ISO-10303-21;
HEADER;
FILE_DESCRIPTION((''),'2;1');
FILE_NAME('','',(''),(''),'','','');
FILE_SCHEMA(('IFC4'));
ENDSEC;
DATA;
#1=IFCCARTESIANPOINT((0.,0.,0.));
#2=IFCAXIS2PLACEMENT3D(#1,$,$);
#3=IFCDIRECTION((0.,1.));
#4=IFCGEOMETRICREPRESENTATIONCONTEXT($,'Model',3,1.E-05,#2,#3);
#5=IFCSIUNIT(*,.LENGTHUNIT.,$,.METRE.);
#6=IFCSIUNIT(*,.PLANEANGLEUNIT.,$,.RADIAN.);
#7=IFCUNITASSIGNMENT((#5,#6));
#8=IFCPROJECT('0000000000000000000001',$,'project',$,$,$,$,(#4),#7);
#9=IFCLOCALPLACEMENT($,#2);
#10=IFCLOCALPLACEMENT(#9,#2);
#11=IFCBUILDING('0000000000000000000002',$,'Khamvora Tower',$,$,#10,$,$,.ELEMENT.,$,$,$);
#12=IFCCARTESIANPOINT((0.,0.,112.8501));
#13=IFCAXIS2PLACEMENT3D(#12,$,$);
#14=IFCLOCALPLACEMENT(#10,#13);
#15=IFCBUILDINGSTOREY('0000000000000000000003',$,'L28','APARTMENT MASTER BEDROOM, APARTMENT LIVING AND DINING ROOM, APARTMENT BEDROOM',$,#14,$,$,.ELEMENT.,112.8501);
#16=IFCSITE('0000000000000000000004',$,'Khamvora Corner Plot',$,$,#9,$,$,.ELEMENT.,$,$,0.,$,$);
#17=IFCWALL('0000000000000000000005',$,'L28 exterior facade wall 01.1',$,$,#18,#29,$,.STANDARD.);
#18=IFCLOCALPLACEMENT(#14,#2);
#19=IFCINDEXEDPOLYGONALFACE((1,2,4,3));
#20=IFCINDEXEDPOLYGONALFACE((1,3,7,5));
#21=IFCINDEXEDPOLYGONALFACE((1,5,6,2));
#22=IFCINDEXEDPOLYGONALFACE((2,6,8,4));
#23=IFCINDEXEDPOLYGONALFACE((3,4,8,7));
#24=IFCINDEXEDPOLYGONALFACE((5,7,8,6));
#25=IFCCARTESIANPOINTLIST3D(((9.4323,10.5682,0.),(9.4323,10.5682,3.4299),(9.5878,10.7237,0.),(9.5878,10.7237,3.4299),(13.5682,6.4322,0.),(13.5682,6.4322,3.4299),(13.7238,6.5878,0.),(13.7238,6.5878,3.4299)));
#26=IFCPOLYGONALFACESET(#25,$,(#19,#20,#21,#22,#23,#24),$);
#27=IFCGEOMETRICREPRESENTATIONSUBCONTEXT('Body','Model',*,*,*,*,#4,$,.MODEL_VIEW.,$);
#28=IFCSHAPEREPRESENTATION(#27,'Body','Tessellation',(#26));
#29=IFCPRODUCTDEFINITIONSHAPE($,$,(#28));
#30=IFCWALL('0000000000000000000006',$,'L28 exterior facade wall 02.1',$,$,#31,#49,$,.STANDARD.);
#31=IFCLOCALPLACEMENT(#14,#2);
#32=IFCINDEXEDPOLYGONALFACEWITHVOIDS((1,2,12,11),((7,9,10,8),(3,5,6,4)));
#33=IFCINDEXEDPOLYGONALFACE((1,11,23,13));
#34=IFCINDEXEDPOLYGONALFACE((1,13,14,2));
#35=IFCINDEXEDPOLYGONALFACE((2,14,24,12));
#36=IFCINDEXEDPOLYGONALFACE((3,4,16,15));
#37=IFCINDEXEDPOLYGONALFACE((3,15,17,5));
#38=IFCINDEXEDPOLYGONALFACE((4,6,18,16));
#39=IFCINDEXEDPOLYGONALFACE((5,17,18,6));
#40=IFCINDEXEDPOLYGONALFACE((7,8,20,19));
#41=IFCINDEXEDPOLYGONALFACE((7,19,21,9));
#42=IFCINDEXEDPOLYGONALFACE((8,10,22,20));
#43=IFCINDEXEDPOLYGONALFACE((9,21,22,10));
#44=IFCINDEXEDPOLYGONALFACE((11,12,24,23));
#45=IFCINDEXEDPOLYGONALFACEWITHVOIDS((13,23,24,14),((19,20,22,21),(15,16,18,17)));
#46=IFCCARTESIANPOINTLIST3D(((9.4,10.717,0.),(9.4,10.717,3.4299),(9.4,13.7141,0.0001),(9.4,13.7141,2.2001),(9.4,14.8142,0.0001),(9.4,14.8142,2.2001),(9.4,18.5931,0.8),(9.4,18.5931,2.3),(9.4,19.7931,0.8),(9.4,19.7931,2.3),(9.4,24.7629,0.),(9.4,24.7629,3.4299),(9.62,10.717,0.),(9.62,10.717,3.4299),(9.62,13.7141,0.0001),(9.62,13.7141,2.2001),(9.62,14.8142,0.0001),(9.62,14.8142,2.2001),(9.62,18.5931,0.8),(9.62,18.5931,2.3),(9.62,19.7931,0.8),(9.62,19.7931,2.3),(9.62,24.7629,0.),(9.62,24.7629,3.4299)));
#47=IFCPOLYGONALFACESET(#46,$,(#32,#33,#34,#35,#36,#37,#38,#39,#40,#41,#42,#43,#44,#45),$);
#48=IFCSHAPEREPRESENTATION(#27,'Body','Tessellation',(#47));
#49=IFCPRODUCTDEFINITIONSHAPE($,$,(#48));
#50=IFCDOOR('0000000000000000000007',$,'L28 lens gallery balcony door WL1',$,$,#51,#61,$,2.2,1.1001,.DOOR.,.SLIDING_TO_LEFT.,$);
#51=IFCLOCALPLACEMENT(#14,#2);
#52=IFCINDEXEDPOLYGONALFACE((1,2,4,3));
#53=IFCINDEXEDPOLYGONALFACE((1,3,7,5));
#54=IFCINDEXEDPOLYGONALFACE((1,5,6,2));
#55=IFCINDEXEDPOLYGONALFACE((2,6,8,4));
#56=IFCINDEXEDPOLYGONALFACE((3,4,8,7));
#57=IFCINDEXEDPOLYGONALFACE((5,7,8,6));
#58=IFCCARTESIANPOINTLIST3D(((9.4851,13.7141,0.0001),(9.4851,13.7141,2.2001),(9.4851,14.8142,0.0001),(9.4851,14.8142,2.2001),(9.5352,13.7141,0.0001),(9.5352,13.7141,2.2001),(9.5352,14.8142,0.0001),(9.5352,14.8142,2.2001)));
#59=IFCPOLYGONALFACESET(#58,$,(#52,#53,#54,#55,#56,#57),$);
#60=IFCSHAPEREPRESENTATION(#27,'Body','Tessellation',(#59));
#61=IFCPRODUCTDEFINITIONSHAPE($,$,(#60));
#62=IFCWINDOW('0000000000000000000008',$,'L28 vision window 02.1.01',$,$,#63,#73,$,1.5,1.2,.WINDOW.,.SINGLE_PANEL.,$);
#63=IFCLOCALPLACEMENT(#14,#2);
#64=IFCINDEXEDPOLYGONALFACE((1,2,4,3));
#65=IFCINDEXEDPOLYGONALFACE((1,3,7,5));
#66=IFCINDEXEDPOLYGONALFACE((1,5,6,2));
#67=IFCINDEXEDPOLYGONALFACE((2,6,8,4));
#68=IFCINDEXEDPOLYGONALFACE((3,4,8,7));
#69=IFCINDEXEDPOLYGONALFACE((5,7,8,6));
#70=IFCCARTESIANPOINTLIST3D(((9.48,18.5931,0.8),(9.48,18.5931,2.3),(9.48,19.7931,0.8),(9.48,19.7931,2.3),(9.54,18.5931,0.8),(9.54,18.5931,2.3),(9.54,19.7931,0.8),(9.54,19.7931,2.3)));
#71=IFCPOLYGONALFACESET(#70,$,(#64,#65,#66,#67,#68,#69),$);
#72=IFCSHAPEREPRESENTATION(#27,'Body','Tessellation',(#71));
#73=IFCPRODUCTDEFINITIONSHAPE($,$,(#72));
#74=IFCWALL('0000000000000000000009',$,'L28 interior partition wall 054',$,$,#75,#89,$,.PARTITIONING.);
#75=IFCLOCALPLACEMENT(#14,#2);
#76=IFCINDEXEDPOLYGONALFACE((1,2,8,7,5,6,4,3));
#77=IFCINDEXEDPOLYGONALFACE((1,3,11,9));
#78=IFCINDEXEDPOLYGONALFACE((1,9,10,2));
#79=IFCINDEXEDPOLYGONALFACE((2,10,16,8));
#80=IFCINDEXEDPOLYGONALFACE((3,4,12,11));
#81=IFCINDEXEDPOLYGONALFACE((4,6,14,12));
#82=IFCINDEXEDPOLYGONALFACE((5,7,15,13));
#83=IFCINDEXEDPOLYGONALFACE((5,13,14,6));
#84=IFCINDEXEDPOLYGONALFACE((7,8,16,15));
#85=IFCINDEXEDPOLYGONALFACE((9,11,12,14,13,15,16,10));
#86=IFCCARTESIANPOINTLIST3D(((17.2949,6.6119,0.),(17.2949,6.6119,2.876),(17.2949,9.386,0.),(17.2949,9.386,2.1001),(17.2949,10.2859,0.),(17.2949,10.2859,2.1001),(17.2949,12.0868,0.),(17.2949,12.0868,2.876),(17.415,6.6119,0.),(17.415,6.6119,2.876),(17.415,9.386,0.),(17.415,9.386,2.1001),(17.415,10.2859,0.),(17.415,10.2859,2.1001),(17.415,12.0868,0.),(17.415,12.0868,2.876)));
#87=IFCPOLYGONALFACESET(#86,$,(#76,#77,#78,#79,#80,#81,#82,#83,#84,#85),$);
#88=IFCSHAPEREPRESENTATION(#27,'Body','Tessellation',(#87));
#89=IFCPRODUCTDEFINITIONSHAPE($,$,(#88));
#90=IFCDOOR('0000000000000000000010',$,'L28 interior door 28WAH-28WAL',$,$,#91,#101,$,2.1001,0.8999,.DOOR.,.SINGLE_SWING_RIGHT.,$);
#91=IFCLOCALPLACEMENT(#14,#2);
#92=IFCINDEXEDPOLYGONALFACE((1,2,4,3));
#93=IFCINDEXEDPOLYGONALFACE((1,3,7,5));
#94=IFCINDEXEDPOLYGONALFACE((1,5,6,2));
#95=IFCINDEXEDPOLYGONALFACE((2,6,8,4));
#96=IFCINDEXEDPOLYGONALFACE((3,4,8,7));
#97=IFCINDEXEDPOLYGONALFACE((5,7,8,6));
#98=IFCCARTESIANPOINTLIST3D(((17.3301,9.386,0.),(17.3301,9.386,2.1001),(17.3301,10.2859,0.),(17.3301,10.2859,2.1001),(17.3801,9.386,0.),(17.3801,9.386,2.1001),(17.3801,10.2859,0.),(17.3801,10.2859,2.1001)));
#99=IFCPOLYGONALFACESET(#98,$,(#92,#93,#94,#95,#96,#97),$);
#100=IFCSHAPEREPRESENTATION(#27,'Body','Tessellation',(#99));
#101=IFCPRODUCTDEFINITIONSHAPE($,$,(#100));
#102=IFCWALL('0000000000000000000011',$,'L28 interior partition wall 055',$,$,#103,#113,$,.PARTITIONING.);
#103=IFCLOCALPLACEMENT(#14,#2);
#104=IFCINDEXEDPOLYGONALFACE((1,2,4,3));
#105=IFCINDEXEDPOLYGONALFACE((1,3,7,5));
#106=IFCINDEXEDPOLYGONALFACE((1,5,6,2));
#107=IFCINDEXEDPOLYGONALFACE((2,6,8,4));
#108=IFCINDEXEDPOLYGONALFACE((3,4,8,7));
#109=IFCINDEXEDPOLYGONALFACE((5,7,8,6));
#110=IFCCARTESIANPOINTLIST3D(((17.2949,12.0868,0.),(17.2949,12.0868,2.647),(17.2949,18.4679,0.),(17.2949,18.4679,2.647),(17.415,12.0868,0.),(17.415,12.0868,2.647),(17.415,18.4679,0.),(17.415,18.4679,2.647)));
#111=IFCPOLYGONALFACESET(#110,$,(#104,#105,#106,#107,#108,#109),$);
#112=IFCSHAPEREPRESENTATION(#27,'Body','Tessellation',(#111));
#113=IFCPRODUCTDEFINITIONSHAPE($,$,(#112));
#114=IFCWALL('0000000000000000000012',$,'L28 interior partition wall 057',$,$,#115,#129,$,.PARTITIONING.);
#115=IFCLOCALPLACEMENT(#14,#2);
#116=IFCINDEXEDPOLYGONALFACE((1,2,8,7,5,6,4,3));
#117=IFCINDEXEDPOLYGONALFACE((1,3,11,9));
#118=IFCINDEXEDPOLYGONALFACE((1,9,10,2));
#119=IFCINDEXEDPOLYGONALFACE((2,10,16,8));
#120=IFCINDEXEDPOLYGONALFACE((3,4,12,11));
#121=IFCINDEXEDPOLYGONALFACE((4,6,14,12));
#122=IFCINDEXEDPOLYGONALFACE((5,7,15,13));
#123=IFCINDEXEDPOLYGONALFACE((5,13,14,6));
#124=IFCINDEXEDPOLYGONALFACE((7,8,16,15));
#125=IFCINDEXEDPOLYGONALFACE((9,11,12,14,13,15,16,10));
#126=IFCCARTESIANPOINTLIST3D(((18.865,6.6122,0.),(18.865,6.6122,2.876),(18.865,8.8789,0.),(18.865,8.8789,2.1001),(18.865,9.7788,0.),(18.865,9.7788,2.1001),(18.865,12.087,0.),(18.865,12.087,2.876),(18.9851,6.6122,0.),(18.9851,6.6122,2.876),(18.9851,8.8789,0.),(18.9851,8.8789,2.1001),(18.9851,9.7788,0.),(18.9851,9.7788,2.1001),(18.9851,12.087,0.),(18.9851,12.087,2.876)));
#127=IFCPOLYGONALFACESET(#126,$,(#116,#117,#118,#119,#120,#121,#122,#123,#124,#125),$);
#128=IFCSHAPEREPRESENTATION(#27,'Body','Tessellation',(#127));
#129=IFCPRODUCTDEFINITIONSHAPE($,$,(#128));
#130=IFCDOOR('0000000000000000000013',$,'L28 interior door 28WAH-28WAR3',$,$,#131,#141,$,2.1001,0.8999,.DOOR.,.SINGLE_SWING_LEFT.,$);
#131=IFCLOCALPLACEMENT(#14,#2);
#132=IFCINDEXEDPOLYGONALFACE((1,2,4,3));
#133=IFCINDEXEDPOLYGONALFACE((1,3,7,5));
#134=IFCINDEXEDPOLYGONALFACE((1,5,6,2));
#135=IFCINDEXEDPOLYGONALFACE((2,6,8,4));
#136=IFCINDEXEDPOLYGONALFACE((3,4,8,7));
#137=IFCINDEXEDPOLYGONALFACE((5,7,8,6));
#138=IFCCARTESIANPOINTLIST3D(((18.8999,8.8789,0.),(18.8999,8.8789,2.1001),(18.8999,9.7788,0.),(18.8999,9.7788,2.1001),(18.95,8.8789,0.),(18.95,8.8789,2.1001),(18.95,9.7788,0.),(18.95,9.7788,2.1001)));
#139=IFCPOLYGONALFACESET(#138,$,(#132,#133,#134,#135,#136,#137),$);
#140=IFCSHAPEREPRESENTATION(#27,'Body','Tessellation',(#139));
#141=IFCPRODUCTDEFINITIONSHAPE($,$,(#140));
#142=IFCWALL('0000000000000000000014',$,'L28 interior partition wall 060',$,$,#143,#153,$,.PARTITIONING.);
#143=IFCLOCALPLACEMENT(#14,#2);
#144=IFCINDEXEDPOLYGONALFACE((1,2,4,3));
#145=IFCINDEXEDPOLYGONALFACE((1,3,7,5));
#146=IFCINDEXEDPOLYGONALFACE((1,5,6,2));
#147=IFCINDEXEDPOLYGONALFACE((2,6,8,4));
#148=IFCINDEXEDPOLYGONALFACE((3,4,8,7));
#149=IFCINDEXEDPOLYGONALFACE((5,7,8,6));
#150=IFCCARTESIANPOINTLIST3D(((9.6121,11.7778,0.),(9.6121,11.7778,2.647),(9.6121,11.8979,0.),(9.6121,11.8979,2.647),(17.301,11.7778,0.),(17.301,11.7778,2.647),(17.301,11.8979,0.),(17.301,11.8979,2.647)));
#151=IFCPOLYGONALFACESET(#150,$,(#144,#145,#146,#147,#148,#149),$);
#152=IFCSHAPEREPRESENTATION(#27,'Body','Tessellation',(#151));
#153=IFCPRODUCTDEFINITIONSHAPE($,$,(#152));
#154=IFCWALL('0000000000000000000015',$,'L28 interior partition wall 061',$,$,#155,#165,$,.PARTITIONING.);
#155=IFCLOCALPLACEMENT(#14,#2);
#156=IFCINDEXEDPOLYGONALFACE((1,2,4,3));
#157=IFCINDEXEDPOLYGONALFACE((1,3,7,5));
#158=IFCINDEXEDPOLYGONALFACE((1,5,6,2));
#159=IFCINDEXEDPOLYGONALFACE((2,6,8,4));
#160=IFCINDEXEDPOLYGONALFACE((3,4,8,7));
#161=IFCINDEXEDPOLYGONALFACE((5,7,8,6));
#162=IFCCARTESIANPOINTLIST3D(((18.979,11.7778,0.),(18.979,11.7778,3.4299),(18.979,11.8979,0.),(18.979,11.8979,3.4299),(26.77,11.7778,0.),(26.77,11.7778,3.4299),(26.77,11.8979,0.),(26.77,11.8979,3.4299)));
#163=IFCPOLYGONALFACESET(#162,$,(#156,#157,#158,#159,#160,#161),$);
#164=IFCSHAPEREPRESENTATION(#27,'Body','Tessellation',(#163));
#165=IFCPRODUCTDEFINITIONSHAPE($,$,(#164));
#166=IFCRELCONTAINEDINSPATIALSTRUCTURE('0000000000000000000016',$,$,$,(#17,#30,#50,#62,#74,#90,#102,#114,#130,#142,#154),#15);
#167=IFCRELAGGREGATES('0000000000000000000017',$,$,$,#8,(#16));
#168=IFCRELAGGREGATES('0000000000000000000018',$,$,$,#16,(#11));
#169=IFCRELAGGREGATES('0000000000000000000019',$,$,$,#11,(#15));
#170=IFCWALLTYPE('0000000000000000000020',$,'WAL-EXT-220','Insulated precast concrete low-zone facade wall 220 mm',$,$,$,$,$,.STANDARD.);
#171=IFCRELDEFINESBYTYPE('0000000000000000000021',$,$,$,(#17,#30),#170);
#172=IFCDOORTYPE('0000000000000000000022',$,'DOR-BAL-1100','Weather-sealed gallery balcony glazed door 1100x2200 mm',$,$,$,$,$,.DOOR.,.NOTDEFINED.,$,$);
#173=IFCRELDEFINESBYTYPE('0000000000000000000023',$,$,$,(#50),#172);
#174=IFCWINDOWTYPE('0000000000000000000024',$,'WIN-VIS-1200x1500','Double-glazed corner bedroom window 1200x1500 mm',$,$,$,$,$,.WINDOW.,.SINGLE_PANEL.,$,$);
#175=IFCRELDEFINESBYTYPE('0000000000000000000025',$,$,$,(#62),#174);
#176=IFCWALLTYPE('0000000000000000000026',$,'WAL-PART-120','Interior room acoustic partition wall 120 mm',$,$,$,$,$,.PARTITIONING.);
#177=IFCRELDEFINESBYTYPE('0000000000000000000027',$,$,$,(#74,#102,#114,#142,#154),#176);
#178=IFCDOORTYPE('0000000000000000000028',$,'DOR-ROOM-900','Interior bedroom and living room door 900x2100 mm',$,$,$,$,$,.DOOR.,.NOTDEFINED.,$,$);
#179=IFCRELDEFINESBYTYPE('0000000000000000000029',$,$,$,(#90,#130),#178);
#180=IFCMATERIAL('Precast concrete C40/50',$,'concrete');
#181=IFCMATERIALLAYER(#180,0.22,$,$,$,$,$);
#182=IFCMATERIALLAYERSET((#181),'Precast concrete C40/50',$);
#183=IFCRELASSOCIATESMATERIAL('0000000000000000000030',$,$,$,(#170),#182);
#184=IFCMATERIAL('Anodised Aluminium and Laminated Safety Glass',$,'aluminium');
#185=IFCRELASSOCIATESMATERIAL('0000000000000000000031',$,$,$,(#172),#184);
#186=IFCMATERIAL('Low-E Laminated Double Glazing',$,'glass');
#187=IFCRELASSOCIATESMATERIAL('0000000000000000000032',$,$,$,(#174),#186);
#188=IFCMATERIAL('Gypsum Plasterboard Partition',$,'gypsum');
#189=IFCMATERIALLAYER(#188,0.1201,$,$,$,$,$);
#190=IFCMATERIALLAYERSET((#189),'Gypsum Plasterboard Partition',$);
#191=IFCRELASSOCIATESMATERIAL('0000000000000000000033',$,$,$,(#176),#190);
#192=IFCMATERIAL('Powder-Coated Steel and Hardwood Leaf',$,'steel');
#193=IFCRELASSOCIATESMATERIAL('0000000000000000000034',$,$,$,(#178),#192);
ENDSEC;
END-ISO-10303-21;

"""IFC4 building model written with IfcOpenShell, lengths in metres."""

from ifc_helpers import new_model, si_unit, direction, frame, frame_2d, origin, place, context, subcontext, project, spatial, rectangle, extrude, material, layer, layer_set, type_object, element, fill, save


model = new_model("IFC4")

# Units and contexts
model_context = context("Model", 3, precision=1e-05, world=origin(), true_north=direction((0.0, 1.0)))
body_context = subcontext(model_context, "Body", "Model", "MODEL_VIEW")
ifc_project = project(units=[si_unit("LENGTHUNIT", "METRE"), si_unit("PLANEANGLEUNIT", "RADIAN")], contexts=[model_context])

# Site, building, storey
site_placement = place(None, origin())
site = spatial("IfcSite", under=ifc_project, at=site_placement, Name="Khamvora Corner Plot", CompositionType="ELEMENT", RefElevation=0.0)
building_placement = place(site_placement, origin())
building = spatial("IfcBuilding", under=site, at=building_placement, Name="Khamvora Tower", CompositionType="ELEMENT")
storey_placement = place(building_placement, frame((0.0, 0.0, 112.8501)))
storey = spatial("IfcBuildingStorey", under=building, at=storey_placement, Name="L28", Description="APARTMENT MASTER BEDROOM, APARTMENT LIVING AND DINING ROOM, APARTMENT BEDROOM", CompositionType="ELEMENT", Elevation=112.8501)

# Wall
ifc_material_1 = material(Name="Precast concrete C40/50", Category="concrete")
ifc_layer_1 = layer(ifc_material_1, 0.22)
ifc_layer_set_1 = layer_set([ifc_layer_1], Name="Precast concrete C40/50")
wall_type_1 = type_object("IfcWallType", Name="WAL-EXT-220", Description="Insulated precast concrete low-zone facade wall 220 mm", PredefinedType="STANDARD", material=ifc_layer_set_1)
wall_1_placement = place(storey_placement, frame((13.646, 6.51, 0.0), z_axis=(0.0, 0.0, 1.0), x_axis=(-0.707107, 0.707107, 0.0)))
element("IfcWall", 1, at=wall_1_placement, inside=storey, type_object=wall_type_1, Name="L28 exterior facade wall 01.1", PredefinedType="STANDARD", context=body_context, shape_type="SweptSolid", body=[
    extrude(rectangle(XDim=5.8491, YDim=0.22, at=frame_2d((2.9246, 0.0))), origin(), (0.0, 0.0, 1.0), 3.4299),
])

# Wall, openings, door, window
wall_2_placement = place(storey_placement, frame((9.51, 10.717, 0.0), z_axis=(0.0, 0.0, 1.0), x_axis=(0.0, 1.0, 0.0)))
wall_2 = element("IfcWall", 2, at=wall_2_placement, inside=storey, type_object=wall_type_1, Name="L28 exterior facade wall 02.1", PredefinedType="STANDARD", context=body_context, shape_type="SweptSolid", body=[
    extrude(rectangle(XDim=14.0459, YDim=0.22, at=frame_2d((7.0229, 0.0))), origin(), (0.0, 0.0, 1.0), 3.4299),
])
opening_1_placement = place(wall_2_placement, frame((2.9971, 0.0, 0.0)))
opening_1 = element("IfcOpeningElement", 3, at=opening_1_placement, cuts=wall_2, PredefinedType="OPENING", context=body_context, shape_type="SweptSolid", body=[
    extrude(rectangle(XDim=1.1001, YDim=2.2, at=frame_2d((0.55, 1.1001))), frame((0.0, 0.1199, 0.0), z_axis=(0.0, -1.0, 0.0), x_axis=(1.0, 0.0, 0.0)), (0.0, 0.0, 1.0), 0.24),
])
opening_2_placement = place(wall_2_placement, frame((7.876, 0.0, 0.8)))
opening_2 = element("IfcOpeningElement", 4, at=opening_2_placement, cuts=wall_2, PredefinedType="OPENING", context=body_context, shape_type="SweptSolid", body=[
    extrude(rectangle(XDim=1.2, YDim=1.5, at=frame_2d((0.6001, 0.75))), frame((0.0, 0.1199, 0.0), z_axis=(0.0, -1.0, 0.0), x_axis=(1.0, 0.0, 0.0)), (0.0, 0.0, 1.0), 0.24),
])
ifc_material_2 = material(Name="Anodised Aluminium and Laminated Safety Glass", Category="aluminium")
door_type_1 = type_object("IfcDoorType", Name="DOR-BAL-1100", Description="Weather-sealed gallery balcony glazed door 1100x2200 mm", OperationType="NOTDEFINED", PredefinedType="DOOR", material=ifc_material_2)
door_1_placement = place(opening_1_placement, origin())
door_1 = element("IfcDoor", 5, at=door_1_placement, inside=storey, type_object=door_type_1, Name="L28 lens gallery balcony door WL1", OperationType="SLIDING_TO_LEFT", OverallHeight=2.2, OverallWidth=1.1001, PredefinedType="DOOR", context=body_context, shape_type="SweptSolid", body=[
    extrude(rectangle(XDim=1.1001, YDim=2.2, at=frame_2d((0.55, 1.1001))), frame((0.0, 0.0249, 0.0), z_axis=(0.0, -1.0, 0.0), x_axis=(1.0, 0.0, 0.0)), (0.0, 0.0, 1.0), 0.05),
])
fill(opening_1, door_1)
ifc_material_3 = material(Name="Low-E Laminated Double Glazing", Category="glass")
window_type = type_object("IfcWindowType", Name="WIN-VIS-1200x1500", Description="Double-glazed corner bedroom window 1200x1500 mm", PartitioningType="SINGLE_PANEL", PredefinedType="WINDOW", material=ifc_material_3)
window_placement = place(opening_2_placement, origin())
window = element("IfcWindow", 6, at=window_placement, inside=storey, type_object=window_type, Name="L28 vision window 02.1.01", OverallHeight=1.5, OverallWidth=1.2, PartitioningType="SINGLE_PANEL", PredefinedType="WINDOW", context=body_context, shape_type="SweptSolid", body=[
    extrude(rectangle(XDim=1.2, YDim=1.5, at=frame_2d((0.6001, 0.75))), frame((0.0, 0.03, 0.0), z_axis=(0.0, -1.0, 0.0), x_axis=(1.0, 0.0, 0.0)), (0.0, 0.0, 1.0), 0.0601),
])
fill(opening_2, window)

# Wall, opening, door
ifc_material_4 = material(Name="Gypsum Plasterboard Partition", Category="gypsum")
ifc_layer_2 = layer(ifc_material_4, 0.1201)
ifc_layer_set_2 = layer_set([ifc_layer_2], Name="Gypsum Plasterboard Partition")
wall_type_2 = type_object("IfcWallType", Name="WAL-PART-120", Description="Interior room acoustic partition wall 120 mm", PredefinedType="PARTITIONING", material=ifc_layer_set_2)
wall_3_placement = place(storey_placement, frame((17.355, 6.6121, 0.0), z_axis=(0.0, 0.0, 1.0), x_axis=(0.0, 1.0, 0.0)))
wall_3 = element("IfcWall", 7, at=wall_3_placement, inside=storey, type_object=wall_type_2, Name="L28 interior partition wall 054", PredefinedType="PARTITIONING", context=body_context, shape_type="SweptSolid", body=[
    extrude(rectangle(XDim=5.4749, YDim=0.1201, at=frame_2d((2.7373, 0.0))), origin(), (0.0, 0.0, 1.0), 2.876),
])
opening_3_placement = place(wall_3_placement, frame((2.7739, 0.0, 0.0)))
opening_3 = element("IfcOpeningElement", 8, at=opening_3_placement, cuts=wall_3, PredefinedType="OPENING", context=body_context, shape_type="SweptSolid", body=[
    extrude(rectangle(XDim=0.8999, YDim=2.1001, at=frame_2d((0.45, 1.05))), frame((0.0, 0.0701, 0.0), z_axis=(0.0, -1.0, 0.0), x_axis=(1.0, 0.0, 0.0)), (0.0, 0.0, 1.0), 0.1401),
])
ifc_material_5 = material(Name="Powder-Coated Steel and Hardwood Leaf", Category="steel")
door_type_2 = type_object("IfcDoorType", Name="DOR-ROOM-900", Description="Interior bedroom and living room door 900x2100 mm", OperationType="NOTDEFINED", PredefinedType="DOOR", material=ifc_material_5)
door_2_placement = place(opening_3_placement, origin())
door_2 = element("IfcDoor", 9, at=door_2_placement, inside=storey, type_object=door_type_2, Name="L28 interior door 28WAH-28WAL", OperationType="SINGLE_SWING_RIGHT", OverallHeight=2.1001, OverallWidth=0.8999, PredefinedType="DOOR", context=body_context, shape_type="SweptSolid", body=[
    extrude(rectangle(XDim=0.8999, YDim=2.1001, at=frame_2d((0.45, 1.05))), frame((0.0, 0.0249, 0.0), z_axis=(0.0, -1.0, 0.0), x_axis=(1.0, 0.0, 0.0)), (0.0, 0.0, 1.0), 0.05),
])
fill(opening_3, door_2)

# Wall
wall_4_placement = place(storey_placement, frame((17.355, 12.0869, 0.0), z_axis=(0.0, 0.0, 1.0), x_axis=(0.0, 1.0, 0.0)))
element("IfcWall", 10, at=wall_4_placement, inside=storey, type_object=wall_type_2, Name="L28 interior partition wall 055", PredefinedType="PARTITIONING", context=body_context, shape_type="SweptSolid", body=[
    extrude(rectangle(XDim=6.3811, YDim=0.1201, at=frame_2d((3.1904, 0.0))), origin(), (0.0, 0.0, 1.0), 2.647),
])

# Wall, opening, door
wall_5_placement = place(storey_placement, frame((18.925, 12.0869, 0.0), z_axis=(0.0, 0.0, 1.0), x_axis=(0.0, -1.0, 0.0)))
wall_5 = element("IfcWall", 11, at=wall_5_placement, inside=storey, type_object=wall_type_2, Name="L28 interior partition wall 057", PredefinedType="PARTITIONING", context=body_context, shape_type="SweptSolid", body=[
    extrude(rectangle(XDim=5.4749, YDim=0.1201, at=frame_2d((2.7373, 0.0))), origin(), (0.0, 0.0, 1.0), 2.876),
])
opening_4_placement = place(wall_5_placement, frame((2.3081, 0.0, 0.0)))
opening_4 = element("IfcOpeningElement", 12, at=opening_4_placement, cuts=wall_5, PredefinedType="OPENING", context=body_context, shape_type="SweptSolid", body=[
    extrude(rectangle(XDim=0.8999, YDim=2.1001, at=frame_2d((0.45, 1.05))), frame((0.0, 0.0701, 0.0), z_axis=(0.0, -1.0, 0.0), x_axis=(1.0, 0.0, 0.0)), (0.0, 0.0, 1.0), 0.1401),
])
door_3_placement = place(opening_4_placement, origin())
door_3 = element("IfcDoor", 13, at=door_3_placement, inside=storey, type_object=door_type_2, Name="L28 interior door 28WAH-28WAR3", OperationType="SINGLE_SWING_LEFT", OverallHeight=2.1001, OverallWidth=0.8999, PredefinedType="DOOR", context=body_context, shape_type="SweptSolid", body=[
    extrude(rectangle(XDim=0.8999, YDim=2.1001, at=frame_2d((0.45, 1.05))), frame((0.0, 0.0249, 0.0), z_axis=(0.0, -1.0, 0.0), x_axis=(1.0, 0.0, 0.0)), (0.0, 0.0, 1.0), 0.05),
])
fill(opening_4, door_3)

# Walls
wall_6_placement = place(storey_placement, frame((9.6121, 11.8379, 0.0), z_axis=(0.0, 0.0, 1.0), x_axis=(1.0, 0.0, 0.0)))
element("IfcWall", 14, at=wall_6_placement, inside=storey, type_object=wall_type_2, Name="L28 interior partition wall 060", PredefinedType="PARTITIONING", context=body_context, shape_type="SweptSolid", body=[
    extrude(rectangle(XDim=7.689, YDim=0.1201, at=frame_2d((3.8445, 0.0))), origin(), (0.0, 0.0, 1.0), 2.647),
])
wall_7_placement = place(storey_placement, frame((18.979, 11.8379, 0.0), z_axis=(0.0, 0.0, 1.0), x_axis=(1.0, 0.0, 0.0)))
element("IfcWall", 15, at=wall_7_placement, inside=storey, type_object=wall_type_2, Name="L28 interior partition wall 061", PredefinedType="PARTITIONING", context=body_context, shape_type="SweptSolid", body=[
    extrude(rectangle(XDim=7.791, YDim=0.1201, at=frame_2d((3.8955, 0.0))), origin(), (0.0, 0.0, 1.0), 3.4299),
])

save(model, "model.ifc")
